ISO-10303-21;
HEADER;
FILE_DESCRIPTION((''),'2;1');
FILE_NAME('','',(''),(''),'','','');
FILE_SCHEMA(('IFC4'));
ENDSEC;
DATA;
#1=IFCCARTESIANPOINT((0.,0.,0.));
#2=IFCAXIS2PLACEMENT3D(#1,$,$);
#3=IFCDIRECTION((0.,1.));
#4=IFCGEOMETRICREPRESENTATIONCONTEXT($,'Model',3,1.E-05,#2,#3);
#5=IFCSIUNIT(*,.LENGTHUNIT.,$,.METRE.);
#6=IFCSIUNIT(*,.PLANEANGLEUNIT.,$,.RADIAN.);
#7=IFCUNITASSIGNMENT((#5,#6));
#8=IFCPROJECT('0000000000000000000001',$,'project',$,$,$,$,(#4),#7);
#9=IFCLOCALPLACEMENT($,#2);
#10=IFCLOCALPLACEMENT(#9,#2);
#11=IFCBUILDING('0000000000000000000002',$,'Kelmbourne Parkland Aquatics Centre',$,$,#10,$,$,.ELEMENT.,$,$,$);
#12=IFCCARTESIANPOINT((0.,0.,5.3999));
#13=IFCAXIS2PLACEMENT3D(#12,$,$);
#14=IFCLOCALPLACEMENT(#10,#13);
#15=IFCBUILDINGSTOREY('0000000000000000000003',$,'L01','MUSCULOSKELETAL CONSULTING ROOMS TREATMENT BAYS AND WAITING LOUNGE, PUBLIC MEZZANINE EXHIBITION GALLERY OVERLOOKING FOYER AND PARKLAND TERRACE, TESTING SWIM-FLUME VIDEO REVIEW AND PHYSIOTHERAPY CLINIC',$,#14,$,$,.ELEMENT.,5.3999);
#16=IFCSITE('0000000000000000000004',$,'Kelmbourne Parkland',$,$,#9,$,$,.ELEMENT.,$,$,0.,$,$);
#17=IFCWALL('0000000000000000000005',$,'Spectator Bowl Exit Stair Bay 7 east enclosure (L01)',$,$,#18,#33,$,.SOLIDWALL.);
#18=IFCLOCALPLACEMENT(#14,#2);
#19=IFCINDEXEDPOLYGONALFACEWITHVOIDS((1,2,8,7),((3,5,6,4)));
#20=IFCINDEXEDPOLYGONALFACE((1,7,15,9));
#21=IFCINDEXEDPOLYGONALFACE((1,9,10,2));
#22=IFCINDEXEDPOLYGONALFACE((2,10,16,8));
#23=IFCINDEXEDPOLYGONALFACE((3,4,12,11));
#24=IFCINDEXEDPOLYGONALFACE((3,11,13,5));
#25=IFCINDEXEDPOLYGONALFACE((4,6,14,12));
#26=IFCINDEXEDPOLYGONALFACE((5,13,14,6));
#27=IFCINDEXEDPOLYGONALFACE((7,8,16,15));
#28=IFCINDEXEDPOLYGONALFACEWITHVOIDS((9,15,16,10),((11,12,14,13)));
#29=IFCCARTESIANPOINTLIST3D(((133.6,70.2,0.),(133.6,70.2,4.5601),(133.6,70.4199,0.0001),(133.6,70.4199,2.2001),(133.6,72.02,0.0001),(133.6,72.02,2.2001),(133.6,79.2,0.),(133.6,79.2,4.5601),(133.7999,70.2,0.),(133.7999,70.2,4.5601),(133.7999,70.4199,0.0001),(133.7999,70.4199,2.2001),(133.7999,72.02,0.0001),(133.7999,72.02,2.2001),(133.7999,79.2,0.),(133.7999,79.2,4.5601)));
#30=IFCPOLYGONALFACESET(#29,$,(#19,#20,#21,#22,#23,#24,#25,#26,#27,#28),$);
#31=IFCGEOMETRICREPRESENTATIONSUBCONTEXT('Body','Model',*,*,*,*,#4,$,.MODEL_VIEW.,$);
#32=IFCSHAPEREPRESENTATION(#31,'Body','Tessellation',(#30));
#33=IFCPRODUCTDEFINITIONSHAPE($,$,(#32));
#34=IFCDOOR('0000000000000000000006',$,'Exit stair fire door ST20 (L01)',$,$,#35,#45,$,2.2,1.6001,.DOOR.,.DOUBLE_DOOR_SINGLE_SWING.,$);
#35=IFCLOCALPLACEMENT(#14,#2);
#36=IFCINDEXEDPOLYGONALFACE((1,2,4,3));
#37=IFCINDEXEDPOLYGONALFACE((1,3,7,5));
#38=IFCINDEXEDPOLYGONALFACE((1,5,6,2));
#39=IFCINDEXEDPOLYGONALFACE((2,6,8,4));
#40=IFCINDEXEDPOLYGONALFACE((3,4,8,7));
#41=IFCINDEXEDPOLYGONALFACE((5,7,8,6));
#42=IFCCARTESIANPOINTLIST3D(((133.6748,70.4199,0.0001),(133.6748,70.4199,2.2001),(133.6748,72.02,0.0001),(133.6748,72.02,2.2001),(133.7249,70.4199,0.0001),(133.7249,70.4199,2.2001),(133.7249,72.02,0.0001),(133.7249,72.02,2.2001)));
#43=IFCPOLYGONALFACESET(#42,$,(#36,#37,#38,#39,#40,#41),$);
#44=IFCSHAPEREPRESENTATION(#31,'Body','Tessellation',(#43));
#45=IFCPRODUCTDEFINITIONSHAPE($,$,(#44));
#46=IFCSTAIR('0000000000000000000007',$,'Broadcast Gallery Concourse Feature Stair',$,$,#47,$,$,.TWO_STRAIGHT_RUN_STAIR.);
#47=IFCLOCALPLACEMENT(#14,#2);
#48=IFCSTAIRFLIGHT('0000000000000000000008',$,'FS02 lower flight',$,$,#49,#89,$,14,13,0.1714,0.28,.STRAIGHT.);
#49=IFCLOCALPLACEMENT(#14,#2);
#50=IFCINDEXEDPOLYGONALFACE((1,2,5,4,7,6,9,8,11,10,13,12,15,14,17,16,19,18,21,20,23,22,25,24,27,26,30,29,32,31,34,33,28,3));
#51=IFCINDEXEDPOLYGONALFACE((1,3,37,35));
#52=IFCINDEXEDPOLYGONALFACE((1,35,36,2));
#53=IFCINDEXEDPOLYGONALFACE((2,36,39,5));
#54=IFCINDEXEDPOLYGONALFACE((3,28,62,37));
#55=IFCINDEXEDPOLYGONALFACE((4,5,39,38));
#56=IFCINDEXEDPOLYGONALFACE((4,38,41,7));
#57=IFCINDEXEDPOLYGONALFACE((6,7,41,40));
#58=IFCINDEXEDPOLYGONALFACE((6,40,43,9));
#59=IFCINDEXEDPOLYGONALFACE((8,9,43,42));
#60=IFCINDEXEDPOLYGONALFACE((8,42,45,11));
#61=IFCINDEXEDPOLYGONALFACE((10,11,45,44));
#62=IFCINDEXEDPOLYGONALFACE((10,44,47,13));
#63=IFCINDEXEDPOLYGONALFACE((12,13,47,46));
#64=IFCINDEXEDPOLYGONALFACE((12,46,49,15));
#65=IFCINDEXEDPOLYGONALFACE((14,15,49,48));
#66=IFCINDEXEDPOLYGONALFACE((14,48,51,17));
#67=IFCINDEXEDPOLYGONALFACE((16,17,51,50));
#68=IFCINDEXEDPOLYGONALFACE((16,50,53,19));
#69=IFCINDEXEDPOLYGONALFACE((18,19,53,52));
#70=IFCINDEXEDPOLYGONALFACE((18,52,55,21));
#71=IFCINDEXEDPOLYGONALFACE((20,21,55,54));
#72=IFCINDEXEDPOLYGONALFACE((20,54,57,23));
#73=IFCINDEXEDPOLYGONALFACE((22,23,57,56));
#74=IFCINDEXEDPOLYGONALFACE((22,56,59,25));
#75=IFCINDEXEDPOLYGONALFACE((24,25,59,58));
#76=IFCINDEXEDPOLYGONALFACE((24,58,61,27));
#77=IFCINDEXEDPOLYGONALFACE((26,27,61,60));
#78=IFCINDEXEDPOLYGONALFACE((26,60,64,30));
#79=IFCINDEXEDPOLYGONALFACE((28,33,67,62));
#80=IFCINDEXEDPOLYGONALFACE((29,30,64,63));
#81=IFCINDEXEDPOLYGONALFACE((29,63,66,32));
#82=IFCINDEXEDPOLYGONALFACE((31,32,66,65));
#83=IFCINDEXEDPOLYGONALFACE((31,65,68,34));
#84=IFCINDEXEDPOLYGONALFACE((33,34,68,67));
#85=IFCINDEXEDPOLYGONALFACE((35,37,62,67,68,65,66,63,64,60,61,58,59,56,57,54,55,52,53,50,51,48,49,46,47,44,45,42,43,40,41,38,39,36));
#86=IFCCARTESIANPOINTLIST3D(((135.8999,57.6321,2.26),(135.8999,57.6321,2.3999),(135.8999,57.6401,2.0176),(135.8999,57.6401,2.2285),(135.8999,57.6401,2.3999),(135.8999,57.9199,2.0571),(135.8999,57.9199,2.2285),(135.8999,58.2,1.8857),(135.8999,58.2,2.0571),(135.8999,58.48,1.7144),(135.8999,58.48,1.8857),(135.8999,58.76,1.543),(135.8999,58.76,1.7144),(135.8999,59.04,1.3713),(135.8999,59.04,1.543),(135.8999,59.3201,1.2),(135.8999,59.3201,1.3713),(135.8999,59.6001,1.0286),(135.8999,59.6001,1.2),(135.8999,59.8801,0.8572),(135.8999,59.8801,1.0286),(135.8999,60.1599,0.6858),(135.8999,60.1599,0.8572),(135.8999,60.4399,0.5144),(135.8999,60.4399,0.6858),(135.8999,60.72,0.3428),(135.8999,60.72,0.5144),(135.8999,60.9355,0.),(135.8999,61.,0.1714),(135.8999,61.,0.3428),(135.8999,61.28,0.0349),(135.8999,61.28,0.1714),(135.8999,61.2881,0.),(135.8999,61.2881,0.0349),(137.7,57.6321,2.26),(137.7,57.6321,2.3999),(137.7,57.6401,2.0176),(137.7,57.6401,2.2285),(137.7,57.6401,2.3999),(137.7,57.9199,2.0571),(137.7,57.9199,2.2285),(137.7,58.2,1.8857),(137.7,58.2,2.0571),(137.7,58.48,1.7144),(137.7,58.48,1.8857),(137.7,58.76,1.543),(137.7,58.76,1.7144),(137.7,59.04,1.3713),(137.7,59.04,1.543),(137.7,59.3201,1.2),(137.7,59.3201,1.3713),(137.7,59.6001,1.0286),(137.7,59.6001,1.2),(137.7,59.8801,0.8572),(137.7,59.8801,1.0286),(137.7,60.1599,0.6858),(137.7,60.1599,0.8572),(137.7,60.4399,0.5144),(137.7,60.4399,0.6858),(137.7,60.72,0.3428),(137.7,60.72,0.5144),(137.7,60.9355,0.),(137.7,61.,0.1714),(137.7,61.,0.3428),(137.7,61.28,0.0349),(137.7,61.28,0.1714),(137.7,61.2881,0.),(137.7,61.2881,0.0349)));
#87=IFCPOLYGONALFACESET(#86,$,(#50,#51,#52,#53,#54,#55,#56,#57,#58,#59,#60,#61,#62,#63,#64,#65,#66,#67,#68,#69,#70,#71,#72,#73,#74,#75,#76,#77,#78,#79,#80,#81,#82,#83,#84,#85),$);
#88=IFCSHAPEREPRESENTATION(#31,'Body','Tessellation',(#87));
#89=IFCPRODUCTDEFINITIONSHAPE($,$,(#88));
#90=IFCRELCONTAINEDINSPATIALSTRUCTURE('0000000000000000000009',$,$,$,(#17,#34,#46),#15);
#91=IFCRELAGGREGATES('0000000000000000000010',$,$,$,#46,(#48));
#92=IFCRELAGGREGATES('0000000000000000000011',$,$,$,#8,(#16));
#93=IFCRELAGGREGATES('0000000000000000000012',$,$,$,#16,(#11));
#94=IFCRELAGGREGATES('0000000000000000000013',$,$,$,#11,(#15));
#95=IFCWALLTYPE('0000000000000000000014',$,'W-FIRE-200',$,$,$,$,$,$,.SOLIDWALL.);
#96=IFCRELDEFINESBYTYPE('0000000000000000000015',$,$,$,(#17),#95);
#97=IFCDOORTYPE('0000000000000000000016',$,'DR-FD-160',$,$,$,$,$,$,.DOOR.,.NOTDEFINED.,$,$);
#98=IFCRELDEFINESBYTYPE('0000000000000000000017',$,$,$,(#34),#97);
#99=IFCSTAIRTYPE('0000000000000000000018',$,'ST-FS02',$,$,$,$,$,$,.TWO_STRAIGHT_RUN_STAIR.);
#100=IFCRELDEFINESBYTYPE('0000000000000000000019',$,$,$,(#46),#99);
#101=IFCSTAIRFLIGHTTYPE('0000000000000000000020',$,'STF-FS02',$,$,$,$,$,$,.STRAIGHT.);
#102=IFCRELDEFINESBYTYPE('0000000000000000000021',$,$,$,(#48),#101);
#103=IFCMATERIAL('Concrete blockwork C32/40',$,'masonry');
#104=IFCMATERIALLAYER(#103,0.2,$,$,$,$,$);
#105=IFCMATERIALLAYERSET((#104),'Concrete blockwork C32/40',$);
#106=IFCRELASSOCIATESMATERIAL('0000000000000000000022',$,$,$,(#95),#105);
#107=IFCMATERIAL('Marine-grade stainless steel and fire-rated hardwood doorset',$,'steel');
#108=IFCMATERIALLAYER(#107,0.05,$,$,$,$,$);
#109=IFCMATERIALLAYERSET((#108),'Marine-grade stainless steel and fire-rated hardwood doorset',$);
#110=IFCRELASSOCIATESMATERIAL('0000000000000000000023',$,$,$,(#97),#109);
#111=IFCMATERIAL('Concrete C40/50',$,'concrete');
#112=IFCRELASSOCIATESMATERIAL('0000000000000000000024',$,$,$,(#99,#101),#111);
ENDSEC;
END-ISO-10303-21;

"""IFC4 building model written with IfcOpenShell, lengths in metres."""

from ifc_helpers import new_model, si_unit, direction, frame, frame_2d, origin, place, context, subcontext, project, spatial, polyline, rectangle, outline, extrude, material, layer, layer_set, type_object, element, fill, aggregate, save


model = new_model("IFC4")

# Units and contexts
model_context = context("Model", 3, precision=1e-05, world=origin(), true_north=direction((0.0, 1.0)))
body_context = subcontext(model_context, "Body", "Model", "MODEL_VIEW")
ifc_project = project(units=[si_unit("LENGTHUNIT", "METRE"), si_unit("PLANEANGLEUNIT", "RADIAN")], contexts=[model_context])

# Site, building, storey
site_placement = place(None, origin())
site = spatial("IfcSite", under=ifc_project, at=site_placement, Name="Kelmbourne Parkland", CompositionType="ELEMENT", RefElevation=0.0)
building_placement = place(site_placement, origin())
building = spatial("IfcBuilding", under=site, at=building_placement, Name="Kelmbourne Parkland Aquatics Centre", CompositionType="ELEMENT")
storey_placement = place(building_placement, frame((0.0, 0.0, 5.3999)))
storey = spatial("IfcBuildingStorey", under=building, at=storey_placement, Name="L01", Description="MUSCULOSKELETAL CONSULTING ROOMS TREATMENT BAYS AND WAITING LOUNGE, PUBLIC MEZZANINE EXHIBITION GALLERY OVERLOOKING FOYER AND PARKLAND TERRACE, TESTING SWIM-FLUME VIDEO REVIEW AND PHYSIOTHERAPY CLINIC", CompositionType="ELEMENT", Elevation=5.3999)

# Shared definitions
ifc_material_1 = material(Name="Concrete blockwork C32/40", Category="masonry")
ifc_layer_1 = layer(ifc_material_1, 0.2)
ifc_layer_set_1 = layer_set([ifc_layer_1], Name="Concrete blockwork C32/40")
wall_type = type_object("IfcWallType", Name="W-FIRE-200", PredefinedType="SOLIDWALL", material=ifc_layer_set_1)

# Shared definitions
ifc_material_2 = material(Name="Marine-grade stainless steel and fire-rated hardwood doorset", Category="steel")
ifc_layer_2 = layer(ifc_material_2, 0.05)
ifc_layer_set_2 = layer_set([ifc_layer_2], Name="Marine-grade stainless steel and fire-rated hardwood doorset")
door_type = type_object("IfcDoorType", Name="DR-FD-160", OperationType="NOTDEFINED", PredefinedType="DOOR", material=ifc_layer_set_2)

# Wall, opening, door
wall_1_placement = place(storey_placement, frame((133.7, 70.2, 0.0), z_axis=(0.0, 0.0, 1.0), x_axis=(0.0, 1.0, 0.0)))
wall_1 = element("IfcWall", 1, at=wall_1_placement, inside=storey, type_object=wall_type, Name="Spectator Bowl Exit Stair Bay 7 east enclosure (L01)", PredefinedType="SOLIDWALL", context=body_context, shape_type="SweptSolid", body=[
    extrude(rectangle(XDim=9.0, YDim=0.2, at=frame_2d((4.5, 0.0))), origin(), (0.0, 0.0, 1.0), 4.5601),
])
opening_1_placement = place(wall_1_placement, frame((0.22, 0.0, 0.0)))
opening_1 = element("IfcOpeningElement", 2, at=opening_1_placement, cuts=wall_1, PredefinedType="OPENING", context=body_context, shape_type="SweptSolid", body=[
    extrude(rectangle(XDim=1.6001, YDim=2.2, at=frame_2d((0.8, 1.1001))), frame((0.0, 0.1118, 0.0), z_axis=(0.0, -1.0, 0.0), x_axis=(1.0, 0.0, 0.0)), (0.0, 0.0, 1.0), 0.2239),
])
door_1_placement = place(opening_1_placement, frame((1.6001, 0.0, 0.0), z_axis=(0.0, 0.0, 1.0), x_axis=(-1.0, 0.0, 0.0)))
door_1 = element("IfcDoor", 3, at=door_1_placement, inside=storey, type_object=door_type, Name="Exit stair fire door ST20 (L01)", OperationType="DOUBLE_DOOR_SINGLE_SWING", OverallHeight=2.2, OverallWidth=1.6001, PredefinedType="DOOR", context=body_context, shape_type="SweptSolid", body=[
    extrude(rectangle(XDim=1.6001, YDim=2.2, at=frame_2d((0.8, 1.1001))), frame((0.0, 0.0249, 0.0), z_axis=(0.0, -1.0, 0.0), x_axis=(1.0, 0.0, 0.0)), (0.0, 0.0, 1.0), 0.05),
])
fill(opening_1, door_1)

# Stair, stair flight
ifc_material_3 = material(Name="Concrete C40/50", Category="concrete")
stair_type = type_object("IfcStairType", Name="ST-FS02", PredefinedType="TWO_STRAIGHT_RUN_STAIR", material=ifc_material_3)
stair_placement = place(storey_placement, origin())
stair = element("IfcStair", 4, at=stair_placement, inside=storey, type_object=stair_type, Name="Broadcast Gallery Concourse Feature Stair", PredefinedType="TWO_STRAIGHT_RUN_STAIR")
stair_flight_type = type_object("IfcStairFlightType", Name="STF-FS02", PredefinedType="STRAIGHT", material=ifc_material_3)
stair_flight_placement = place(storey_placement, frame((136.8, 61.28, 0.0), z_axis=(0.0, 0.0, 1.0), x_axis=(0.0, -1.0, 0.0)))
stair_flight = element("IfcStairFlight", 5, at=stair_flight_placement, type_object=stair_flight_type, Name="FS02 lower flight", NumberOfRisers=14, NumberOfTreads=13, PredefinedType="STRAIGHT", RiserHeight=0.1714, TreadLength=0.28, context=body_context, shape_type="SweptSolid", body=[
    extrude(outline(polyline([(-0.0081, 0.0), (-0.0081, 0.0349), (0.0, 0.0349), (0.0, 0.1714), (0.28, 0.1714), (0.28, 0.3428), (0.5601, 0.3428), (0.5601, 0.5144), (0.8401, 0.5144), (0.8401, 0.6858), (1.1201, 0.6858), (1.1201, 0.8572), (1.3999, 0.8572), (1.3999, 1.0286), (1.6799, 1.0286), (1.6799, 1.2), (1.96, 1.2), (1.96, 1.3713), (2.24, 1.3713), (2.24, 1.543), (2.52, 1.543), (2.52, 1.7144), (2.8, 1.7144), (2.8, 1.8857), (3.0801, 1.8857), (3.0801, 2.0571), (3.3601, 2.0571), (3.3601, 2.2285), (3.6399, 2.2285), (3.6399, 2.3999), (3.6479, 2.3999), (3.6479, 2.26), (3.6399, 2.0176), (0.3445, 0.0), (-0.0081, 0.0)])), frame((0.0, 0.8999, 0.0), z_axis=(0.0, -1.0, 0.0), x_axis=(1.0, 0.0, 0.0)), (0.0, 0.0, 1.0), 1.8),
])
aggregate(stair, [stair_flight])

save(model, "model.ifc")
